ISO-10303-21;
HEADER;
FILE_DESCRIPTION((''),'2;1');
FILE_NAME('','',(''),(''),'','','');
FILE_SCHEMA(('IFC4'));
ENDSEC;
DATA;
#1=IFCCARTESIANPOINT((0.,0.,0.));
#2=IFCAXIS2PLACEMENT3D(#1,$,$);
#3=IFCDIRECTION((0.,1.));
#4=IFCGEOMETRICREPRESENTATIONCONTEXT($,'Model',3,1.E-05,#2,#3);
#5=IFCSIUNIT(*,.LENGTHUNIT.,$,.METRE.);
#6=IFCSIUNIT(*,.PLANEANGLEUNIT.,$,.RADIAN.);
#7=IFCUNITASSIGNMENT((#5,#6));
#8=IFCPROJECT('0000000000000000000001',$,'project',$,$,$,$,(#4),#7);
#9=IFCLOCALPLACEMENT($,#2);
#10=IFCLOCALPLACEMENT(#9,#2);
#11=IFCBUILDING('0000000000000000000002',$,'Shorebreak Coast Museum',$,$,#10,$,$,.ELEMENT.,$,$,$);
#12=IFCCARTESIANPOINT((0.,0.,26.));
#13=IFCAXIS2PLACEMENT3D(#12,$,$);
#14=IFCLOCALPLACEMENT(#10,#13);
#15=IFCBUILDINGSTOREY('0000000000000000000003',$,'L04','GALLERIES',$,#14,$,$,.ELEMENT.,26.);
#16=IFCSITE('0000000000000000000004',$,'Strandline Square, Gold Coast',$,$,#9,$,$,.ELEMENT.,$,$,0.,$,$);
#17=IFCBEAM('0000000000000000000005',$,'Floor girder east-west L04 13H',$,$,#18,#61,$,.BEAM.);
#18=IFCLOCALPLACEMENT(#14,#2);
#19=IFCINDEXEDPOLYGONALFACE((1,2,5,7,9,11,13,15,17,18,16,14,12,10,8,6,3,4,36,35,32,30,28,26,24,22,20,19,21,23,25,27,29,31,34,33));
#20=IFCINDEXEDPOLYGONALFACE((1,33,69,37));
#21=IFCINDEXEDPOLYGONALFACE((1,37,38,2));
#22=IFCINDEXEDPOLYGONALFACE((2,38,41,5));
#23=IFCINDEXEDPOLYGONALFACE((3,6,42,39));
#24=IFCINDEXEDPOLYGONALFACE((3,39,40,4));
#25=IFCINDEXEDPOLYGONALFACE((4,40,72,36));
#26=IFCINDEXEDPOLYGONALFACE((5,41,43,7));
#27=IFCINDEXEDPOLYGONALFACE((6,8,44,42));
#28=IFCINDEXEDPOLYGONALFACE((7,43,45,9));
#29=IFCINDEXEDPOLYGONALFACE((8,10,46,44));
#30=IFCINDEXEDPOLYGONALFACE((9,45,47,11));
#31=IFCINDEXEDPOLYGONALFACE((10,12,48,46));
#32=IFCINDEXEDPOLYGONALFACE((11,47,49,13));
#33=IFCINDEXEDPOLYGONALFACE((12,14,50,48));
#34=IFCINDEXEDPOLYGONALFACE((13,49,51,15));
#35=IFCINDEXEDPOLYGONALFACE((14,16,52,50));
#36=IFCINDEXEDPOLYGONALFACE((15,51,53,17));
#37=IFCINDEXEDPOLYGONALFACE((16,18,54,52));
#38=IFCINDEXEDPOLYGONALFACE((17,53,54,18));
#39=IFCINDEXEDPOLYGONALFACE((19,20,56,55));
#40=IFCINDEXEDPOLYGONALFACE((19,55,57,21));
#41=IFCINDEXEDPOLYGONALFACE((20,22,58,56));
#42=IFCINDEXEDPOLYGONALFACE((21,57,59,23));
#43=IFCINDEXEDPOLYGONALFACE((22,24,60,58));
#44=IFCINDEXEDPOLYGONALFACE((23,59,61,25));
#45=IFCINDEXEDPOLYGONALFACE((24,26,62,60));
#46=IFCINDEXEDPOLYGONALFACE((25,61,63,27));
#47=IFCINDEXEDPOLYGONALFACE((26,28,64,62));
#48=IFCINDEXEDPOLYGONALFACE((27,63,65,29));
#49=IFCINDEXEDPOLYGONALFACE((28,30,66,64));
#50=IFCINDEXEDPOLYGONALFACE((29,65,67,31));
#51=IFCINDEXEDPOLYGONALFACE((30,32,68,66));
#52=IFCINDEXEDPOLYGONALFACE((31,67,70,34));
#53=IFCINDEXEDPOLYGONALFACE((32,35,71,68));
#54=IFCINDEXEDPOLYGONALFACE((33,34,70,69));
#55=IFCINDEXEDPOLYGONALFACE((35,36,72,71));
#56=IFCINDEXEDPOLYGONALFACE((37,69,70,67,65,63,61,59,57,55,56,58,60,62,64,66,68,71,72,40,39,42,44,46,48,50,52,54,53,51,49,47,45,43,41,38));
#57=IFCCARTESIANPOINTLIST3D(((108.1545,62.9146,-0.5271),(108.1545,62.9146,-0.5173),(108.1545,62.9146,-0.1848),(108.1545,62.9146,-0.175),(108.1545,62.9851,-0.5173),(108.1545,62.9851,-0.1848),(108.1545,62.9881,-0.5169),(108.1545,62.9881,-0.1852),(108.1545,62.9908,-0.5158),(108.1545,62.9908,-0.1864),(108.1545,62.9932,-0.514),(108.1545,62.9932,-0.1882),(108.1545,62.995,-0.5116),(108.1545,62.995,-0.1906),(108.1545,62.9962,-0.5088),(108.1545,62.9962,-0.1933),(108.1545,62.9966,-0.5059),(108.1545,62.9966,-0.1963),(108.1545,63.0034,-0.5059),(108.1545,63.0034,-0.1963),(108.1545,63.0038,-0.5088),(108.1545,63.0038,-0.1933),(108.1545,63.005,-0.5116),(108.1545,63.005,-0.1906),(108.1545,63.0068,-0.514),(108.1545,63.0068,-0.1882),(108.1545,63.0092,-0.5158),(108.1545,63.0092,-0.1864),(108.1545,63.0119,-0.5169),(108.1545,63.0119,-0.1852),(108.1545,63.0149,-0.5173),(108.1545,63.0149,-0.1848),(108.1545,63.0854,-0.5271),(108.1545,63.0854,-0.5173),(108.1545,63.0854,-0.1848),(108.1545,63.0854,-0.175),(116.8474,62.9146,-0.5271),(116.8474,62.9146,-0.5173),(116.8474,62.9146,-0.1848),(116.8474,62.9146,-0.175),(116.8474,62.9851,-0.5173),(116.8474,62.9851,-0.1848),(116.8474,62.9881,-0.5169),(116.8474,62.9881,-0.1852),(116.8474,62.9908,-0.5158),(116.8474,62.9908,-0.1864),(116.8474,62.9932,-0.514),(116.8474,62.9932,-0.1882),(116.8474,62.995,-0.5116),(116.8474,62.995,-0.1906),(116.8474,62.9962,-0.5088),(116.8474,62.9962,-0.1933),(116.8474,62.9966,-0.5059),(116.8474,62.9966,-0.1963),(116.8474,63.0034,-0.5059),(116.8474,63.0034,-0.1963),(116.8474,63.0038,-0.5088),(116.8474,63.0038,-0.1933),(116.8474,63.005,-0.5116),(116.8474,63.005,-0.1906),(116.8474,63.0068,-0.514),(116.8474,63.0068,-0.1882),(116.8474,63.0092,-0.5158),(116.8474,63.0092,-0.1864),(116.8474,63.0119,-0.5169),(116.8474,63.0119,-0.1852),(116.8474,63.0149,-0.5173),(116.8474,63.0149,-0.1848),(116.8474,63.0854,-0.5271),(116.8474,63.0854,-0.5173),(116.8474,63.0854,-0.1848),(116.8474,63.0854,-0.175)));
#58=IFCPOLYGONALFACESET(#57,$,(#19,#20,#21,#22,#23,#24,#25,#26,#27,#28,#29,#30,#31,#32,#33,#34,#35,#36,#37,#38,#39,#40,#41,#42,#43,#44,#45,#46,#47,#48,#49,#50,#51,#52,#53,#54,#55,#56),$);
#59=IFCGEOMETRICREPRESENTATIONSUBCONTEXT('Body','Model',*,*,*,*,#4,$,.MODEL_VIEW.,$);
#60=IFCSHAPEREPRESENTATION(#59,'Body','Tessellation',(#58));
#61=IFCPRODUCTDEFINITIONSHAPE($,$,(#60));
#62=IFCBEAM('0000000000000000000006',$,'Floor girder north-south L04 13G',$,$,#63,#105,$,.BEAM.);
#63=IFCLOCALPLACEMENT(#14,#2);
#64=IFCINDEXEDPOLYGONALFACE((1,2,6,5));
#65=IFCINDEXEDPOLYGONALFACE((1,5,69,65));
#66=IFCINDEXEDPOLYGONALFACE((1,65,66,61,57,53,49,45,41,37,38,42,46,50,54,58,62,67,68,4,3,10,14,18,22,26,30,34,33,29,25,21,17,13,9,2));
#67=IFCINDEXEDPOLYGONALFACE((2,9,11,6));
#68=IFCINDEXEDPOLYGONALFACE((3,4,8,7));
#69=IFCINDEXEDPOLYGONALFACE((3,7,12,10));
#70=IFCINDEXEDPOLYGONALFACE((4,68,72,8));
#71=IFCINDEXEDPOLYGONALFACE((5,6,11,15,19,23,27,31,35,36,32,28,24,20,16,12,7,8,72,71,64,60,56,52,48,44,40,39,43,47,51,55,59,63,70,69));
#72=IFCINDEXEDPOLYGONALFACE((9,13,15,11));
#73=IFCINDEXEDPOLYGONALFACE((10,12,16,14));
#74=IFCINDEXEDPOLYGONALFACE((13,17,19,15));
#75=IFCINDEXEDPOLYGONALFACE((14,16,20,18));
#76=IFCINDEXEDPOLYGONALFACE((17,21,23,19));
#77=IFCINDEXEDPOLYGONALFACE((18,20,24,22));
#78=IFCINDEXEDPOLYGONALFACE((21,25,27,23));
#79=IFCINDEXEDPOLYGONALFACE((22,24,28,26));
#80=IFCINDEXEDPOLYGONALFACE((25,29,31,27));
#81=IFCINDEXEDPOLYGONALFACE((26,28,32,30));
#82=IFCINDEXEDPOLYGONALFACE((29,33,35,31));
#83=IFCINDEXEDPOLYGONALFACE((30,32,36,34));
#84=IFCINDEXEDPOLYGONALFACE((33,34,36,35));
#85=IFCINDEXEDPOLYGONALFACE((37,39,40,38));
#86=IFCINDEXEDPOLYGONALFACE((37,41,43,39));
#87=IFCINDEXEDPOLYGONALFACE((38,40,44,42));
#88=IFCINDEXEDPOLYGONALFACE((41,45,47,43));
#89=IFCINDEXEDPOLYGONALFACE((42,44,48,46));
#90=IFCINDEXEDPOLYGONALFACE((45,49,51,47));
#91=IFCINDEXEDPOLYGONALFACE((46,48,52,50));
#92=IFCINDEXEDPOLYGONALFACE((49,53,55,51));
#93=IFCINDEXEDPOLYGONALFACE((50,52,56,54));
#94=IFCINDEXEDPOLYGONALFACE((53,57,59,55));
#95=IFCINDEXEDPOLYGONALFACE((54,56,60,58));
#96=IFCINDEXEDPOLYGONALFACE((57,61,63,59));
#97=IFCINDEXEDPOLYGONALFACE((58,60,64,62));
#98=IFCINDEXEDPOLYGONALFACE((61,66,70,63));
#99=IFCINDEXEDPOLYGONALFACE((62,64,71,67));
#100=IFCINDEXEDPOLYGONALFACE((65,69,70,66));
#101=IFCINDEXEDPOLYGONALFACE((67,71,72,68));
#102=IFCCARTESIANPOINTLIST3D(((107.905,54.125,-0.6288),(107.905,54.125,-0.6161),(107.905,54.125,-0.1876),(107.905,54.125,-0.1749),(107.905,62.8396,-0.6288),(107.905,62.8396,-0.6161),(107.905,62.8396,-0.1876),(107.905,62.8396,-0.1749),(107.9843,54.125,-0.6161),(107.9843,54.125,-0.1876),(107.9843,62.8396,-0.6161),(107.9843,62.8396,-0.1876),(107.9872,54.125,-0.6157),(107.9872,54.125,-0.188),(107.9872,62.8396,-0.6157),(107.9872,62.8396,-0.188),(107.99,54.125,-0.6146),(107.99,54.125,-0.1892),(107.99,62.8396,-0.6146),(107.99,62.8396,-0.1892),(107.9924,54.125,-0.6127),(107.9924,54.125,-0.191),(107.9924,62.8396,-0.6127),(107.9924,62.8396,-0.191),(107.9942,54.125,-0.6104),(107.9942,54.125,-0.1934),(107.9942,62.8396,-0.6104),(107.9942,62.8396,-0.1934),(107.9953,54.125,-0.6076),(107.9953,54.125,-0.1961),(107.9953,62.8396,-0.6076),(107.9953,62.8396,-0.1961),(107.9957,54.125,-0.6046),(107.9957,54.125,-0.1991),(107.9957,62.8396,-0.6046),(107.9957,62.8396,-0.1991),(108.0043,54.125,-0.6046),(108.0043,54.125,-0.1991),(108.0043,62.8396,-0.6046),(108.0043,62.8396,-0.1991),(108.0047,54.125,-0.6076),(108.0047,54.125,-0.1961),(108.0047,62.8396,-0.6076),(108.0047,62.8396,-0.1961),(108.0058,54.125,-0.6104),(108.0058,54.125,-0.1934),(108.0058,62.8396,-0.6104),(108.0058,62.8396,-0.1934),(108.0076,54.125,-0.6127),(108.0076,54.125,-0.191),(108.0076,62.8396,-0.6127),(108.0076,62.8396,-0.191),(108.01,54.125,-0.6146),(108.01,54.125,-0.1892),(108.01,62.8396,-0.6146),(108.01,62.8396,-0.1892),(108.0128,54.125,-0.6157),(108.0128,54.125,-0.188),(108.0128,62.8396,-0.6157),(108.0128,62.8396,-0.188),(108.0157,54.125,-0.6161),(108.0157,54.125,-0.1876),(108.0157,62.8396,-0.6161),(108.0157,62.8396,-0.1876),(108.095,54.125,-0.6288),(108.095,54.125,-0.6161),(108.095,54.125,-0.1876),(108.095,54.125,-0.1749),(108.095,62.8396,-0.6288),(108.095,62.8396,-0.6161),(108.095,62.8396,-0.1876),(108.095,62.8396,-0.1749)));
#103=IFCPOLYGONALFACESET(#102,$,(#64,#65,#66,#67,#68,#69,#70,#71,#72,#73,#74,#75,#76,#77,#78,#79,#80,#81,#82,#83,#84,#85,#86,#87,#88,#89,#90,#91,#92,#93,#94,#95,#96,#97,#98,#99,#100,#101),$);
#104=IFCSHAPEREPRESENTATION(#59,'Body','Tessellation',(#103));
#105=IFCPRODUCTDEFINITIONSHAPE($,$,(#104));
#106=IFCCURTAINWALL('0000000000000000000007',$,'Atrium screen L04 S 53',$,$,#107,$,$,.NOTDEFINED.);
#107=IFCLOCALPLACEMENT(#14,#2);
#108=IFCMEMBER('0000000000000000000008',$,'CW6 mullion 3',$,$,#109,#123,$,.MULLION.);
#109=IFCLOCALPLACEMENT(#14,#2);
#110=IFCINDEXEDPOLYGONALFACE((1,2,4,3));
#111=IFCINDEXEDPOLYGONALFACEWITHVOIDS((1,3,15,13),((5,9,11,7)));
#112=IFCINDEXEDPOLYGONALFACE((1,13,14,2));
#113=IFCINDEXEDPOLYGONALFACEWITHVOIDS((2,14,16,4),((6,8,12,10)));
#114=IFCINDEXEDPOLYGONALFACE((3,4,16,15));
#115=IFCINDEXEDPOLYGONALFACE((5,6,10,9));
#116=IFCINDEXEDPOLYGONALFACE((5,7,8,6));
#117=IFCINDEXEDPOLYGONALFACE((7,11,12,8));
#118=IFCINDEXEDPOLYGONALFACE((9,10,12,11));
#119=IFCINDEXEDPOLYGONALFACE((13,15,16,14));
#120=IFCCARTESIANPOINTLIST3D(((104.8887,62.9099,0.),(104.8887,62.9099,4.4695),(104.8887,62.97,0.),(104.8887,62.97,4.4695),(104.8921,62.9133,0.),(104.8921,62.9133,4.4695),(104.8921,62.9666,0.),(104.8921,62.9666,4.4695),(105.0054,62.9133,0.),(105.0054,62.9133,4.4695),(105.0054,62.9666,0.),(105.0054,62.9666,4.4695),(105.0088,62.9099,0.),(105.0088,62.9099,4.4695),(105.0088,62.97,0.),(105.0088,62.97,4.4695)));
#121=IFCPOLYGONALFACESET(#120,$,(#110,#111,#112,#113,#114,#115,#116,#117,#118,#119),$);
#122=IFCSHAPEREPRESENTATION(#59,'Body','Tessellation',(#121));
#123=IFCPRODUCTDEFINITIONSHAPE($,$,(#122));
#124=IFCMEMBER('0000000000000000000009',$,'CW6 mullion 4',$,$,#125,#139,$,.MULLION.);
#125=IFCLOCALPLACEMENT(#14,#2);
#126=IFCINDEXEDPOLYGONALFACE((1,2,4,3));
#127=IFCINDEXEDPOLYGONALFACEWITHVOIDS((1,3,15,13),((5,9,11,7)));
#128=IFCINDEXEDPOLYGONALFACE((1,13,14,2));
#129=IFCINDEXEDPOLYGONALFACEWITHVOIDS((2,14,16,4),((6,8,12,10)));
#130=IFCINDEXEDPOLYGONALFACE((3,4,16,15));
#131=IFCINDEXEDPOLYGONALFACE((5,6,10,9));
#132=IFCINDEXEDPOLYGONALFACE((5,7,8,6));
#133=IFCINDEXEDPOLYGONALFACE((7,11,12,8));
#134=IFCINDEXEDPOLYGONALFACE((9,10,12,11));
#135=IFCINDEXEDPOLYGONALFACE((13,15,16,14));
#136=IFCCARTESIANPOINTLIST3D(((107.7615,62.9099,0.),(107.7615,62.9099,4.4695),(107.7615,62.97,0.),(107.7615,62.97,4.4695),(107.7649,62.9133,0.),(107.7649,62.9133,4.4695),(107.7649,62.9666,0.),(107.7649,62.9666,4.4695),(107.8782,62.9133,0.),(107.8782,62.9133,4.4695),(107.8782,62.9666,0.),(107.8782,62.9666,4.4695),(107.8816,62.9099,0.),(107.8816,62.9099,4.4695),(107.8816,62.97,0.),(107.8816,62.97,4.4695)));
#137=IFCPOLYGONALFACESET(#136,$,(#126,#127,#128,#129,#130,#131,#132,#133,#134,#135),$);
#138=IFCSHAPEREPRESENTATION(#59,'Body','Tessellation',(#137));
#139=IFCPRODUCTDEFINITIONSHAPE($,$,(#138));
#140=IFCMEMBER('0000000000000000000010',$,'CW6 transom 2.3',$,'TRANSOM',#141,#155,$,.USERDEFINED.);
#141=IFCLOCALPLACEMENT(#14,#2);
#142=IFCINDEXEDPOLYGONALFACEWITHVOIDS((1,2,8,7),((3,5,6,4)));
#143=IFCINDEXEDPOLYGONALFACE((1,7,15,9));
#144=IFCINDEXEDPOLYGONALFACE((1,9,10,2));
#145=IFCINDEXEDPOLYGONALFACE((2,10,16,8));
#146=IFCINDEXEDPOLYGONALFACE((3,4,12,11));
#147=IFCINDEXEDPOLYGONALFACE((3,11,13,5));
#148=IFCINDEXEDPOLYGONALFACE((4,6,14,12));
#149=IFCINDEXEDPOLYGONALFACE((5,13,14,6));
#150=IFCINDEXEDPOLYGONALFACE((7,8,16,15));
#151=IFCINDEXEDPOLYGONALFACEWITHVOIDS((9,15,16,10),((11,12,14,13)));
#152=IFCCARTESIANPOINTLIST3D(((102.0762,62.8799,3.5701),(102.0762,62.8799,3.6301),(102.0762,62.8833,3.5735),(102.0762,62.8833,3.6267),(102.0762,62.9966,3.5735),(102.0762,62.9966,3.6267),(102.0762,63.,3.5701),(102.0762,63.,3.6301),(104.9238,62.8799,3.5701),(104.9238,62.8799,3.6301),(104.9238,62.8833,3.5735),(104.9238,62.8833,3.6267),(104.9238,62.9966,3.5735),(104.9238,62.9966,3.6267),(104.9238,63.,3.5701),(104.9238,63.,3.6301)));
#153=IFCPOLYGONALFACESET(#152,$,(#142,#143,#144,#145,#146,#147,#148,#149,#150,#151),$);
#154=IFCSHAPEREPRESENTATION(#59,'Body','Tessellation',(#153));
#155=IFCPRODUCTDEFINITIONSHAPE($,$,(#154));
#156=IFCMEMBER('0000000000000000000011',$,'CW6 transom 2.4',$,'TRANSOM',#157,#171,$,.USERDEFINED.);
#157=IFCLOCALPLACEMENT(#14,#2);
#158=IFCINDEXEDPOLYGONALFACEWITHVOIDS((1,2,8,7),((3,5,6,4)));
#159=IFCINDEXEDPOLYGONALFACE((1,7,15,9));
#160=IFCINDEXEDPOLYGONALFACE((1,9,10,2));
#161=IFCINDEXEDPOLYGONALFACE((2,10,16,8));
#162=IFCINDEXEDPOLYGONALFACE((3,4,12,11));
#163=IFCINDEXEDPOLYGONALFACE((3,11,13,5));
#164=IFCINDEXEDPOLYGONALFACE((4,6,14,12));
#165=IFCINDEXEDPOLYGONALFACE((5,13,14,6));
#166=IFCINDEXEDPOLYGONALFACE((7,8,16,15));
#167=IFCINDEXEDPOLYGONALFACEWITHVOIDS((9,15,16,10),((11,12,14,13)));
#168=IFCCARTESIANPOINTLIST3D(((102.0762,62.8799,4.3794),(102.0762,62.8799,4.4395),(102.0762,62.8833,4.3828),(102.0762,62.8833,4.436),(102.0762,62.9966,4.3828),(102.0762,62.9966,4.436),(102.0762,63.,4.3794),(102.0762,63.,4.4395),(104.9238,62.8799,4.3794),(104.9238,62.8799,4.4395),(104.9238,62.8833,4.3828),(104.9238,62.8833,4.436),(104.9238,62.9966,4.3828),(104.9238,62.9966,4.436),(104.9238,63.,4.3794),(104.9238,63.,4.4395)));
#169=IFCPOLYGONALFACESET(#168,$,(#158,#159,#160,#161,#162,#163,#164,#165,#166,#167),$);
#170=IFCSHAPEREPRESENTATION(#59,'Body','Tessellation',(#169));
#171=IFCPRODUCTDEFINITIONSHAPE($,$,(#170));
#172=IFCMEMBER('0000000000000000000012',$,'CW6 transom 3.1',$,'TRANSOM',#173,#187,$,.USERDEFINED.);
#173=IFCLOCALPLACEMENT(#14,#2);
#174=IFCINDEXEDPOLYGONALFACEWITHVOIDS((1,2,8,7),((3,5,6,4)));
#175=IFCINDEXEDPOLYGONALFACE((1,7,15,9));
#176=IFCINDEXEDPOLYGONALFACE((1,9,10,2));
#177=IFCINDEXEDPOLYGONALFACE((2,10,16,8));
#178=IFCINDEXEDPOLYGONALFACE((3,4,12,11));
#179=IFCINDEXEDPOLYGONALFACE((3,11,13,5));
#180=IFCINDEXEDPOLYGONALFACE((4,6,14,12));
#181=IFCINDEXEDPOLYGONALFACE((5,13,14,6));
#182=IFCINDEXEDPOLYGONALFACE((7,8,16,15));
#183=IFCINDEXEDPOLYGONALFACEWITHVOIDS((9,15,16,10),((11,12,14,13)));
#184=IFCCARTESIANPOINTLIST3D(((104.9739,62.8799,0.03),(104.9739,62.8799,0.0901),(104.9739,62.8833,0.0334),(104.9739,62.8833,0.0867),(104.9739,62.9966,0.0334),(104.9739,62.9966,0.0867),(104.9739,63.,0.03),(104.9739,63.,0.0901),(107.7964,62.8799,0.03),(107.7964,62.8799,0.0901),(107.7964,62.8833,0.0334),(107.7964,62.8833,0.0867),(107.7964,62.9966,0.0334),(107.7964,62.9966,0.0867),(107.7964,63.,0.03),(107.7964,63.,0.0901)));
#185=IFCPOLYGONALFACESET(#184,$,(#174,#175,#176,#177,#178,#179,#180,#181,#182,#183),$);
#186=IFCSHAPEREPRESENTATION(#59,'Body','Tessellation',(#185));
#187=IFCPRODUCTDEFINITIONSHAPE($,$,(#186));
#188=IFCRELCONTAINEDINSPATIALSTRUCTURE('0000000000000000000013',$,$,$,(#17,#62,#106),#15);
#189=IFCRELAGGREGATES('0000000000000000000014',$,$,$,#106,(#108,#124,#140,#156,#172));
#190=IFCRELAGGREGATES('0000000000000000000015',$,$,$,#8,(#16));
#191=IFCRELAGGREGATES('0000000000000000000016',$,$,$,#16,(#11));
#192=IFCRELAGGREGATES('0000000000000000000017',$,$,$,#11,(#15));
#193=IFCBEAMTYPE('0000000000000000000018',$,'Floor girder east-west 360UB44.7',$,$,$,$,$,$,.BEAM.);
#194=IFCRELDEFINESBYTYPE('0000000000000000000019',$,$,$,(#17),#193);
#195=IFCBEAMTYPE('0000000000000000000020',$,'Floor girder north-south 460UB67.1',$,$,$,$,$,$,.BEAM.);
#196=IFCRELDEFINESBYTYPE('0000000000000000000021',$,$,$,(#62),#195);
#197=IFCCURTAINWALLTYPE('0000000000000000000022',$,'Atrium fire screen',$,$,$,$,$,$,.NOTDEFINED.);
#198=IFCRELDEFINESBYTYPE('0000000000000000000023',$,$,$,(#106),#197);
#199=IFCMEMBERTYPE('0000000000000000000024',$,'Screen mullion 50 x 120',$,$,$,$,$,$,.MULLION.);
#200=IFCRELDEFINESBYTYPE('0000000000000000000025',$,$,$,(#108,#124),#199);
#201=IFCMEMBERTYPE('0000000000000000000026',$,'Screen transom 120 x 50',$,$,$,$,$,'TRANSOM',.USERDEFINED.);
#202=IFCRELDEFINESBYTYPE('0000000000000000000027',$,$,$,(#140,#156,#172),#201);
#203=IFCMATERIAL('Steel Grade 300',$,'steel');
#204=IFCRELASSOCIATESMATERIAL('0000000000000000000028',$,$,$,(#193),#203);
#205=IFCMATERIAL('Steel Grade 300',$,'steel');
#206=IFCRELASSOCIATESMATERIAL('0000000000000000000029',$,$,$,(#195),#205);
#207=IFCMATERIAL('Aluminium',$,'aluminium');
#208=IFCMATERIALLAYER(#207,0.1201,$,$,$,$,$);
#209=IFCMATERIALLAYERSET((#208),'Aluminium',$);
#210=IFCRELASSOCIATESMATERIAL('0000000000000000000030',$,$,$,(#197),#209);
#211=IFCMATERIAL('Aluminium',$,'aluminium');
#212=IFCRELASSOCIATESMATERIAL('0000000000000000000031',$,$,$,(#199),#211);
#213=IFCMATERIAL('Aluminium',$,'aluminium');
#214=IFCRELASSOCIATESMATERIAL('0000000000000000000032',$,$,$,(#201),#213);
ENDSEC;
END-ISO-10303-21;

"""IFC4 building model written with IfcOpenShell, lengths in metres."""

from ifc_helpers import new_model, si_unit, direction, frame, origin, origin_2d, place, context, subcontext, project, spatial, hollow_rectangle, i_section, extrude, material, layer, layer_set, material_profile, profile_set, type_object, element, aggregate, save


model = new_model("IFC4")

# Units and contexts
model_context = context("Model", 3, precision=1e-05, world=origin(), true_north=direction((0.0, 1.0)))
body_context = subcontext(model_context, "Body", "Model", "MODEL_VIEW")
ifc_project = project(units=[si_unit("LENGTHUNIT", "METRE"), si_unit("PLANEANGLEUNIT", "RADIAN")], contexts=[model_context])

# Site, building, storey
site_placement = place(None, origin())
site = spatial("IfcSite", under=ifc_project, at=site_placement, Name="Strandline Square, Gold Coast", CompositionType="ELEMENT", RefElevation=0.0)
building_placement = place(site_placement, origin())
building = spatial("IfcBuilding", under=site, at=building_placement, Name="Shorebreak Coast Museum", CompositionType="ELEMENT")
storey_placement = place(building_placement, frame((0.0, 0.0, 26.0)))
storey = spatial("IfcBuildingStorey", under=building, at=storey_placement, Name="L04", Description="GALLERIES", CompositionType="ELEMENT", Elevation=26.0)

# Beams
ifc_material_1 = material(Name="Steel Grade 300", Category="steel")
ifc_material_profile_1 = material_profile(ifc_material_1, i_section(OverallWidth=0.1709, OverallDepth=0.3521, WebThickness=0.0068, FlangeThickness=0.0098, FilletRadius=0.0115, at=origin_2d()), Name="360UB44.7")
ifc_profile_set_1 = profile_set([ifc_material_profile_1], Name="Steel Grade 300")
beam_type_1 = type_object("IfcBeamType", Name="Floor girder east-west 360UB44.7", PredefinedType="BEAM", material=ifc_profile_set_1)
beam_1_placement = place(storey_placement, frame((108.1545, 63.0, -0.3511), z_axis=(1.0, 0.0, 0.0), x_axis=(0.0, 1.0, 0.0)))
element("IfcBeam", 1, at=beam_1_placement, inside=storey, type_object=beam_type_1, Name="Floor girder east-west L04 13H", PredefinedType="BEAM", context=body_context, shape_type="SweptSolid", body=[
    extrude(i_section(OverallWidth=0.1709, OverallDepth=0.3521, WebThickness=0.0068, FlangeThickness=0.0098, FilletRadius=0.0115, at=origin_2d()), origin(), (0.0, 0.0, 1.0), 8.6929),
])
ifc_material_2 = material(Name="Steel Grade 300", Category="steel")
ifc_material_profile_2 = material_profile(ifc_material_2, i_section(OverallWidth=0.1899, OverallDepth=0.4539, WebThickness=0.0085, FlangeThickness=0.0127, FilletRadius=0.0115, at=origin_2d()), Name="460UB67.1")
ifc_profile_set_2 = profile_set([ifc_material_profile_2], Name="Steel Grade 300")
beam_type_2 = type_object("IfcBeamType", Name="Floor girder north-south 460UB67.1", PredefinedType="BEAM", material=ifc_profile_set_2)
beam_2_placement = place(storey_placement, frame((108.0, 54.125, -0.4019), z_axis=(0.0, 1.0, 0.0), x_axis=(-1.0, 0.0, 0.0)))
element("IfcBeam", 2, at=beam_2_placement, inside=storey, type_object=beam_type_2, Name="Floor girder north-south L04 13G", PredefinedType="BEAM", context=body_context, shape_type="SweptSolid", body=[
    extrude(i_section(OverallWidth=0.1899, OverallDepth=0.4539, WebThickness=0.0085, FlangeThickness=0.0127, FilletRadius=0.0115, at=origin_2d()), origin(), (0.0, 0.0, 1.0), 8.7146),
])

# Curtain wall, members
ifc_material_3 = material(Name="Aluminium", Category="aluminium")
ifc_layer_1 = layer(ifc_material_3, 0.1201)
ifc_layer_set_1 = layer_set([ifc_layer_1], Name="Aluminium")
curtain_wall_type_1 = type_object("IfcCurtainWallType", Name="Atrium fire screen", PredefinedType="NOTDEFINED", material=ifc_layer_set_1)
curtain_wall_1_placement = place(storey_placement, origin())
curtain_wall_1 = element("IfcCurtainWall", 3, at=curtain_wall_1_placement, inside=storey, type_object=curtain_wall_type_1, Name="Atrium screen L04 S 53", PredefinedType="NOTDEFINED")
ifc_material_4 = material(Name="Aluminium", Category="aluminium")
ifc_material_profile_3 = material_profile(ifc_material_4, hollow_rectangle(XDim=0.0601, YDim=0.1201, WallThickness=0.0034, at=origin_2d()), Name="AL 120x60 RHS")
ifc_profile_set_3 = profile_set([ifc_material_profile_3], Name="Aluminium")
member_type_1 = type_object("IfcMemberType", Name="Screen mullion 50 x 120", PredefinedType="MULLION", material=ifc_profile_set_3)
member_1_placement = place(storey_placement, frame((104.9487, 62.9399, 0.0), z_axis=(0.0, 0.0, 1.0), x_axis=(0.0, 1.0, 0.0)))
member_1 = element("IfcMember", 4, at=member_1_placement, type_object=member_type_1, Name="CW6 mullion 3", PredefinedType="MULLION", context=body_context, shape_type="SweptSolid", body=[
    extrude(hollow_rectangle(XDim=0.0601, YDim=0.1201, WallThickness=0.0034, at=origin_2d()), origin(), (0.0, 0.0, 1.0), 4.4695),
])
member_2_placement = place(storey_placement, frame((107.8215, 62.9399, 0.0), z_axis=(0.0, 0.0, 1.0), x_axis=(0.0, 1.0, 0.0)))
member_2 = element("IfcMember", 5, at=member_2_placement, type_object=member_type_1, Name="CW6 mullion 4", PredefinedType="MULLION", context=body_context, shape_type="SweptSolid", body=[
    extrude(hollow_rectangle(XDim=0.0601, YDim=0.1201, WallThickness=0.0034, at=origin_2d()), origin(), (0.0, 0.0, 1.0), 4.4695),
])
ifc_material_5 = material(Name="Aluminium", Category="aluminium")
ifc_material_profile_4 = material_profile(ifc_material_5, hollow_rectangle(XDim=0.1201, YDim=0.0601, WallThickness=0.0034, at=origin_2d()), Name="AL 60x120 RHS")
ifc_profile_set_4 = profile_set([ifc_material_profile_4], Name="Aluminium")
member_type_2 = type_object("IfcMemberType", Name="Screen transom 120 x 50", ElementType="TRANSOM", PredefinedType="USERDEFINED", material=ifc_profile_set_4)
member_3_placement = place(storey_placement, frame((102.0762, 62.9399, 3.6001), z_axis=(1.0, 0.0, 0.0), x_axis=(0.0, 1.0, 0.0)))
member_3 = element("IfcMember", 6, at=member_3_placement, type_object=member_type_2, Name="CW6 transom 2.3", ObjectType="TRANSOM", PredefinedType="USERDEFINED", context=body_context, shape_type="SweptSolid", body=[
    extrude(hollow_rectangle(XDim=0.1201, YDim=0.0601, WallThickness=0.0034, at=origin_2d()), origin(), (0.0, 0.0, 1.0), 2.8477),
])
member_4_placement = place(storey_placement, frame((102.0762, 62.9399, 4.4094), z_axis=(1.0, 0.0, 0.0), x_axis=(0.0, 1.0, 0.0)))
member_4 = element("IfcMember", 7, at=member_4_placement, type_object=member_type_2, Name="CW6 transom 2.4", ObjectType="TRANSOM", PredefinedType="USERDEFINED", context=body_context, shape_type="SweptSolid", body=[
    extrude(hollow_rectangle(XDim=0.1201, YDim=0.0601, WallThickness=0.0034, at=origin_2d()), origin(), (0.0, 0.0, 1.0), 2.8477),
])
member_5_placement = place(storey_placement, frame((104.9739, 62.9399, 0.0601), z_axis=(1.0, 0.0, 0.0), x_axis=(0.0, 1.0, 0.0)))
member_5 = element("IfcMember", 8, at=member_5_placement, type_object=member_type_2, Name="CW6 transom 3.1", ObjectType="TRANSOM", PredefinedType="USERDEFINED", context=body_context, shape_type="SweptSolid", body=[
    extrude(hollow_rectangle(XDim=0.1201, YDim=0.0601, WallThickness=0.0034, at=origin_2d()), origin(), (0.0, 0.0, 1.0), 2.8225),
])

aggregate(curtain_wall_1, [member_1, member_2, member_3, member_4, member_5])

save(model, "model.ifc")
